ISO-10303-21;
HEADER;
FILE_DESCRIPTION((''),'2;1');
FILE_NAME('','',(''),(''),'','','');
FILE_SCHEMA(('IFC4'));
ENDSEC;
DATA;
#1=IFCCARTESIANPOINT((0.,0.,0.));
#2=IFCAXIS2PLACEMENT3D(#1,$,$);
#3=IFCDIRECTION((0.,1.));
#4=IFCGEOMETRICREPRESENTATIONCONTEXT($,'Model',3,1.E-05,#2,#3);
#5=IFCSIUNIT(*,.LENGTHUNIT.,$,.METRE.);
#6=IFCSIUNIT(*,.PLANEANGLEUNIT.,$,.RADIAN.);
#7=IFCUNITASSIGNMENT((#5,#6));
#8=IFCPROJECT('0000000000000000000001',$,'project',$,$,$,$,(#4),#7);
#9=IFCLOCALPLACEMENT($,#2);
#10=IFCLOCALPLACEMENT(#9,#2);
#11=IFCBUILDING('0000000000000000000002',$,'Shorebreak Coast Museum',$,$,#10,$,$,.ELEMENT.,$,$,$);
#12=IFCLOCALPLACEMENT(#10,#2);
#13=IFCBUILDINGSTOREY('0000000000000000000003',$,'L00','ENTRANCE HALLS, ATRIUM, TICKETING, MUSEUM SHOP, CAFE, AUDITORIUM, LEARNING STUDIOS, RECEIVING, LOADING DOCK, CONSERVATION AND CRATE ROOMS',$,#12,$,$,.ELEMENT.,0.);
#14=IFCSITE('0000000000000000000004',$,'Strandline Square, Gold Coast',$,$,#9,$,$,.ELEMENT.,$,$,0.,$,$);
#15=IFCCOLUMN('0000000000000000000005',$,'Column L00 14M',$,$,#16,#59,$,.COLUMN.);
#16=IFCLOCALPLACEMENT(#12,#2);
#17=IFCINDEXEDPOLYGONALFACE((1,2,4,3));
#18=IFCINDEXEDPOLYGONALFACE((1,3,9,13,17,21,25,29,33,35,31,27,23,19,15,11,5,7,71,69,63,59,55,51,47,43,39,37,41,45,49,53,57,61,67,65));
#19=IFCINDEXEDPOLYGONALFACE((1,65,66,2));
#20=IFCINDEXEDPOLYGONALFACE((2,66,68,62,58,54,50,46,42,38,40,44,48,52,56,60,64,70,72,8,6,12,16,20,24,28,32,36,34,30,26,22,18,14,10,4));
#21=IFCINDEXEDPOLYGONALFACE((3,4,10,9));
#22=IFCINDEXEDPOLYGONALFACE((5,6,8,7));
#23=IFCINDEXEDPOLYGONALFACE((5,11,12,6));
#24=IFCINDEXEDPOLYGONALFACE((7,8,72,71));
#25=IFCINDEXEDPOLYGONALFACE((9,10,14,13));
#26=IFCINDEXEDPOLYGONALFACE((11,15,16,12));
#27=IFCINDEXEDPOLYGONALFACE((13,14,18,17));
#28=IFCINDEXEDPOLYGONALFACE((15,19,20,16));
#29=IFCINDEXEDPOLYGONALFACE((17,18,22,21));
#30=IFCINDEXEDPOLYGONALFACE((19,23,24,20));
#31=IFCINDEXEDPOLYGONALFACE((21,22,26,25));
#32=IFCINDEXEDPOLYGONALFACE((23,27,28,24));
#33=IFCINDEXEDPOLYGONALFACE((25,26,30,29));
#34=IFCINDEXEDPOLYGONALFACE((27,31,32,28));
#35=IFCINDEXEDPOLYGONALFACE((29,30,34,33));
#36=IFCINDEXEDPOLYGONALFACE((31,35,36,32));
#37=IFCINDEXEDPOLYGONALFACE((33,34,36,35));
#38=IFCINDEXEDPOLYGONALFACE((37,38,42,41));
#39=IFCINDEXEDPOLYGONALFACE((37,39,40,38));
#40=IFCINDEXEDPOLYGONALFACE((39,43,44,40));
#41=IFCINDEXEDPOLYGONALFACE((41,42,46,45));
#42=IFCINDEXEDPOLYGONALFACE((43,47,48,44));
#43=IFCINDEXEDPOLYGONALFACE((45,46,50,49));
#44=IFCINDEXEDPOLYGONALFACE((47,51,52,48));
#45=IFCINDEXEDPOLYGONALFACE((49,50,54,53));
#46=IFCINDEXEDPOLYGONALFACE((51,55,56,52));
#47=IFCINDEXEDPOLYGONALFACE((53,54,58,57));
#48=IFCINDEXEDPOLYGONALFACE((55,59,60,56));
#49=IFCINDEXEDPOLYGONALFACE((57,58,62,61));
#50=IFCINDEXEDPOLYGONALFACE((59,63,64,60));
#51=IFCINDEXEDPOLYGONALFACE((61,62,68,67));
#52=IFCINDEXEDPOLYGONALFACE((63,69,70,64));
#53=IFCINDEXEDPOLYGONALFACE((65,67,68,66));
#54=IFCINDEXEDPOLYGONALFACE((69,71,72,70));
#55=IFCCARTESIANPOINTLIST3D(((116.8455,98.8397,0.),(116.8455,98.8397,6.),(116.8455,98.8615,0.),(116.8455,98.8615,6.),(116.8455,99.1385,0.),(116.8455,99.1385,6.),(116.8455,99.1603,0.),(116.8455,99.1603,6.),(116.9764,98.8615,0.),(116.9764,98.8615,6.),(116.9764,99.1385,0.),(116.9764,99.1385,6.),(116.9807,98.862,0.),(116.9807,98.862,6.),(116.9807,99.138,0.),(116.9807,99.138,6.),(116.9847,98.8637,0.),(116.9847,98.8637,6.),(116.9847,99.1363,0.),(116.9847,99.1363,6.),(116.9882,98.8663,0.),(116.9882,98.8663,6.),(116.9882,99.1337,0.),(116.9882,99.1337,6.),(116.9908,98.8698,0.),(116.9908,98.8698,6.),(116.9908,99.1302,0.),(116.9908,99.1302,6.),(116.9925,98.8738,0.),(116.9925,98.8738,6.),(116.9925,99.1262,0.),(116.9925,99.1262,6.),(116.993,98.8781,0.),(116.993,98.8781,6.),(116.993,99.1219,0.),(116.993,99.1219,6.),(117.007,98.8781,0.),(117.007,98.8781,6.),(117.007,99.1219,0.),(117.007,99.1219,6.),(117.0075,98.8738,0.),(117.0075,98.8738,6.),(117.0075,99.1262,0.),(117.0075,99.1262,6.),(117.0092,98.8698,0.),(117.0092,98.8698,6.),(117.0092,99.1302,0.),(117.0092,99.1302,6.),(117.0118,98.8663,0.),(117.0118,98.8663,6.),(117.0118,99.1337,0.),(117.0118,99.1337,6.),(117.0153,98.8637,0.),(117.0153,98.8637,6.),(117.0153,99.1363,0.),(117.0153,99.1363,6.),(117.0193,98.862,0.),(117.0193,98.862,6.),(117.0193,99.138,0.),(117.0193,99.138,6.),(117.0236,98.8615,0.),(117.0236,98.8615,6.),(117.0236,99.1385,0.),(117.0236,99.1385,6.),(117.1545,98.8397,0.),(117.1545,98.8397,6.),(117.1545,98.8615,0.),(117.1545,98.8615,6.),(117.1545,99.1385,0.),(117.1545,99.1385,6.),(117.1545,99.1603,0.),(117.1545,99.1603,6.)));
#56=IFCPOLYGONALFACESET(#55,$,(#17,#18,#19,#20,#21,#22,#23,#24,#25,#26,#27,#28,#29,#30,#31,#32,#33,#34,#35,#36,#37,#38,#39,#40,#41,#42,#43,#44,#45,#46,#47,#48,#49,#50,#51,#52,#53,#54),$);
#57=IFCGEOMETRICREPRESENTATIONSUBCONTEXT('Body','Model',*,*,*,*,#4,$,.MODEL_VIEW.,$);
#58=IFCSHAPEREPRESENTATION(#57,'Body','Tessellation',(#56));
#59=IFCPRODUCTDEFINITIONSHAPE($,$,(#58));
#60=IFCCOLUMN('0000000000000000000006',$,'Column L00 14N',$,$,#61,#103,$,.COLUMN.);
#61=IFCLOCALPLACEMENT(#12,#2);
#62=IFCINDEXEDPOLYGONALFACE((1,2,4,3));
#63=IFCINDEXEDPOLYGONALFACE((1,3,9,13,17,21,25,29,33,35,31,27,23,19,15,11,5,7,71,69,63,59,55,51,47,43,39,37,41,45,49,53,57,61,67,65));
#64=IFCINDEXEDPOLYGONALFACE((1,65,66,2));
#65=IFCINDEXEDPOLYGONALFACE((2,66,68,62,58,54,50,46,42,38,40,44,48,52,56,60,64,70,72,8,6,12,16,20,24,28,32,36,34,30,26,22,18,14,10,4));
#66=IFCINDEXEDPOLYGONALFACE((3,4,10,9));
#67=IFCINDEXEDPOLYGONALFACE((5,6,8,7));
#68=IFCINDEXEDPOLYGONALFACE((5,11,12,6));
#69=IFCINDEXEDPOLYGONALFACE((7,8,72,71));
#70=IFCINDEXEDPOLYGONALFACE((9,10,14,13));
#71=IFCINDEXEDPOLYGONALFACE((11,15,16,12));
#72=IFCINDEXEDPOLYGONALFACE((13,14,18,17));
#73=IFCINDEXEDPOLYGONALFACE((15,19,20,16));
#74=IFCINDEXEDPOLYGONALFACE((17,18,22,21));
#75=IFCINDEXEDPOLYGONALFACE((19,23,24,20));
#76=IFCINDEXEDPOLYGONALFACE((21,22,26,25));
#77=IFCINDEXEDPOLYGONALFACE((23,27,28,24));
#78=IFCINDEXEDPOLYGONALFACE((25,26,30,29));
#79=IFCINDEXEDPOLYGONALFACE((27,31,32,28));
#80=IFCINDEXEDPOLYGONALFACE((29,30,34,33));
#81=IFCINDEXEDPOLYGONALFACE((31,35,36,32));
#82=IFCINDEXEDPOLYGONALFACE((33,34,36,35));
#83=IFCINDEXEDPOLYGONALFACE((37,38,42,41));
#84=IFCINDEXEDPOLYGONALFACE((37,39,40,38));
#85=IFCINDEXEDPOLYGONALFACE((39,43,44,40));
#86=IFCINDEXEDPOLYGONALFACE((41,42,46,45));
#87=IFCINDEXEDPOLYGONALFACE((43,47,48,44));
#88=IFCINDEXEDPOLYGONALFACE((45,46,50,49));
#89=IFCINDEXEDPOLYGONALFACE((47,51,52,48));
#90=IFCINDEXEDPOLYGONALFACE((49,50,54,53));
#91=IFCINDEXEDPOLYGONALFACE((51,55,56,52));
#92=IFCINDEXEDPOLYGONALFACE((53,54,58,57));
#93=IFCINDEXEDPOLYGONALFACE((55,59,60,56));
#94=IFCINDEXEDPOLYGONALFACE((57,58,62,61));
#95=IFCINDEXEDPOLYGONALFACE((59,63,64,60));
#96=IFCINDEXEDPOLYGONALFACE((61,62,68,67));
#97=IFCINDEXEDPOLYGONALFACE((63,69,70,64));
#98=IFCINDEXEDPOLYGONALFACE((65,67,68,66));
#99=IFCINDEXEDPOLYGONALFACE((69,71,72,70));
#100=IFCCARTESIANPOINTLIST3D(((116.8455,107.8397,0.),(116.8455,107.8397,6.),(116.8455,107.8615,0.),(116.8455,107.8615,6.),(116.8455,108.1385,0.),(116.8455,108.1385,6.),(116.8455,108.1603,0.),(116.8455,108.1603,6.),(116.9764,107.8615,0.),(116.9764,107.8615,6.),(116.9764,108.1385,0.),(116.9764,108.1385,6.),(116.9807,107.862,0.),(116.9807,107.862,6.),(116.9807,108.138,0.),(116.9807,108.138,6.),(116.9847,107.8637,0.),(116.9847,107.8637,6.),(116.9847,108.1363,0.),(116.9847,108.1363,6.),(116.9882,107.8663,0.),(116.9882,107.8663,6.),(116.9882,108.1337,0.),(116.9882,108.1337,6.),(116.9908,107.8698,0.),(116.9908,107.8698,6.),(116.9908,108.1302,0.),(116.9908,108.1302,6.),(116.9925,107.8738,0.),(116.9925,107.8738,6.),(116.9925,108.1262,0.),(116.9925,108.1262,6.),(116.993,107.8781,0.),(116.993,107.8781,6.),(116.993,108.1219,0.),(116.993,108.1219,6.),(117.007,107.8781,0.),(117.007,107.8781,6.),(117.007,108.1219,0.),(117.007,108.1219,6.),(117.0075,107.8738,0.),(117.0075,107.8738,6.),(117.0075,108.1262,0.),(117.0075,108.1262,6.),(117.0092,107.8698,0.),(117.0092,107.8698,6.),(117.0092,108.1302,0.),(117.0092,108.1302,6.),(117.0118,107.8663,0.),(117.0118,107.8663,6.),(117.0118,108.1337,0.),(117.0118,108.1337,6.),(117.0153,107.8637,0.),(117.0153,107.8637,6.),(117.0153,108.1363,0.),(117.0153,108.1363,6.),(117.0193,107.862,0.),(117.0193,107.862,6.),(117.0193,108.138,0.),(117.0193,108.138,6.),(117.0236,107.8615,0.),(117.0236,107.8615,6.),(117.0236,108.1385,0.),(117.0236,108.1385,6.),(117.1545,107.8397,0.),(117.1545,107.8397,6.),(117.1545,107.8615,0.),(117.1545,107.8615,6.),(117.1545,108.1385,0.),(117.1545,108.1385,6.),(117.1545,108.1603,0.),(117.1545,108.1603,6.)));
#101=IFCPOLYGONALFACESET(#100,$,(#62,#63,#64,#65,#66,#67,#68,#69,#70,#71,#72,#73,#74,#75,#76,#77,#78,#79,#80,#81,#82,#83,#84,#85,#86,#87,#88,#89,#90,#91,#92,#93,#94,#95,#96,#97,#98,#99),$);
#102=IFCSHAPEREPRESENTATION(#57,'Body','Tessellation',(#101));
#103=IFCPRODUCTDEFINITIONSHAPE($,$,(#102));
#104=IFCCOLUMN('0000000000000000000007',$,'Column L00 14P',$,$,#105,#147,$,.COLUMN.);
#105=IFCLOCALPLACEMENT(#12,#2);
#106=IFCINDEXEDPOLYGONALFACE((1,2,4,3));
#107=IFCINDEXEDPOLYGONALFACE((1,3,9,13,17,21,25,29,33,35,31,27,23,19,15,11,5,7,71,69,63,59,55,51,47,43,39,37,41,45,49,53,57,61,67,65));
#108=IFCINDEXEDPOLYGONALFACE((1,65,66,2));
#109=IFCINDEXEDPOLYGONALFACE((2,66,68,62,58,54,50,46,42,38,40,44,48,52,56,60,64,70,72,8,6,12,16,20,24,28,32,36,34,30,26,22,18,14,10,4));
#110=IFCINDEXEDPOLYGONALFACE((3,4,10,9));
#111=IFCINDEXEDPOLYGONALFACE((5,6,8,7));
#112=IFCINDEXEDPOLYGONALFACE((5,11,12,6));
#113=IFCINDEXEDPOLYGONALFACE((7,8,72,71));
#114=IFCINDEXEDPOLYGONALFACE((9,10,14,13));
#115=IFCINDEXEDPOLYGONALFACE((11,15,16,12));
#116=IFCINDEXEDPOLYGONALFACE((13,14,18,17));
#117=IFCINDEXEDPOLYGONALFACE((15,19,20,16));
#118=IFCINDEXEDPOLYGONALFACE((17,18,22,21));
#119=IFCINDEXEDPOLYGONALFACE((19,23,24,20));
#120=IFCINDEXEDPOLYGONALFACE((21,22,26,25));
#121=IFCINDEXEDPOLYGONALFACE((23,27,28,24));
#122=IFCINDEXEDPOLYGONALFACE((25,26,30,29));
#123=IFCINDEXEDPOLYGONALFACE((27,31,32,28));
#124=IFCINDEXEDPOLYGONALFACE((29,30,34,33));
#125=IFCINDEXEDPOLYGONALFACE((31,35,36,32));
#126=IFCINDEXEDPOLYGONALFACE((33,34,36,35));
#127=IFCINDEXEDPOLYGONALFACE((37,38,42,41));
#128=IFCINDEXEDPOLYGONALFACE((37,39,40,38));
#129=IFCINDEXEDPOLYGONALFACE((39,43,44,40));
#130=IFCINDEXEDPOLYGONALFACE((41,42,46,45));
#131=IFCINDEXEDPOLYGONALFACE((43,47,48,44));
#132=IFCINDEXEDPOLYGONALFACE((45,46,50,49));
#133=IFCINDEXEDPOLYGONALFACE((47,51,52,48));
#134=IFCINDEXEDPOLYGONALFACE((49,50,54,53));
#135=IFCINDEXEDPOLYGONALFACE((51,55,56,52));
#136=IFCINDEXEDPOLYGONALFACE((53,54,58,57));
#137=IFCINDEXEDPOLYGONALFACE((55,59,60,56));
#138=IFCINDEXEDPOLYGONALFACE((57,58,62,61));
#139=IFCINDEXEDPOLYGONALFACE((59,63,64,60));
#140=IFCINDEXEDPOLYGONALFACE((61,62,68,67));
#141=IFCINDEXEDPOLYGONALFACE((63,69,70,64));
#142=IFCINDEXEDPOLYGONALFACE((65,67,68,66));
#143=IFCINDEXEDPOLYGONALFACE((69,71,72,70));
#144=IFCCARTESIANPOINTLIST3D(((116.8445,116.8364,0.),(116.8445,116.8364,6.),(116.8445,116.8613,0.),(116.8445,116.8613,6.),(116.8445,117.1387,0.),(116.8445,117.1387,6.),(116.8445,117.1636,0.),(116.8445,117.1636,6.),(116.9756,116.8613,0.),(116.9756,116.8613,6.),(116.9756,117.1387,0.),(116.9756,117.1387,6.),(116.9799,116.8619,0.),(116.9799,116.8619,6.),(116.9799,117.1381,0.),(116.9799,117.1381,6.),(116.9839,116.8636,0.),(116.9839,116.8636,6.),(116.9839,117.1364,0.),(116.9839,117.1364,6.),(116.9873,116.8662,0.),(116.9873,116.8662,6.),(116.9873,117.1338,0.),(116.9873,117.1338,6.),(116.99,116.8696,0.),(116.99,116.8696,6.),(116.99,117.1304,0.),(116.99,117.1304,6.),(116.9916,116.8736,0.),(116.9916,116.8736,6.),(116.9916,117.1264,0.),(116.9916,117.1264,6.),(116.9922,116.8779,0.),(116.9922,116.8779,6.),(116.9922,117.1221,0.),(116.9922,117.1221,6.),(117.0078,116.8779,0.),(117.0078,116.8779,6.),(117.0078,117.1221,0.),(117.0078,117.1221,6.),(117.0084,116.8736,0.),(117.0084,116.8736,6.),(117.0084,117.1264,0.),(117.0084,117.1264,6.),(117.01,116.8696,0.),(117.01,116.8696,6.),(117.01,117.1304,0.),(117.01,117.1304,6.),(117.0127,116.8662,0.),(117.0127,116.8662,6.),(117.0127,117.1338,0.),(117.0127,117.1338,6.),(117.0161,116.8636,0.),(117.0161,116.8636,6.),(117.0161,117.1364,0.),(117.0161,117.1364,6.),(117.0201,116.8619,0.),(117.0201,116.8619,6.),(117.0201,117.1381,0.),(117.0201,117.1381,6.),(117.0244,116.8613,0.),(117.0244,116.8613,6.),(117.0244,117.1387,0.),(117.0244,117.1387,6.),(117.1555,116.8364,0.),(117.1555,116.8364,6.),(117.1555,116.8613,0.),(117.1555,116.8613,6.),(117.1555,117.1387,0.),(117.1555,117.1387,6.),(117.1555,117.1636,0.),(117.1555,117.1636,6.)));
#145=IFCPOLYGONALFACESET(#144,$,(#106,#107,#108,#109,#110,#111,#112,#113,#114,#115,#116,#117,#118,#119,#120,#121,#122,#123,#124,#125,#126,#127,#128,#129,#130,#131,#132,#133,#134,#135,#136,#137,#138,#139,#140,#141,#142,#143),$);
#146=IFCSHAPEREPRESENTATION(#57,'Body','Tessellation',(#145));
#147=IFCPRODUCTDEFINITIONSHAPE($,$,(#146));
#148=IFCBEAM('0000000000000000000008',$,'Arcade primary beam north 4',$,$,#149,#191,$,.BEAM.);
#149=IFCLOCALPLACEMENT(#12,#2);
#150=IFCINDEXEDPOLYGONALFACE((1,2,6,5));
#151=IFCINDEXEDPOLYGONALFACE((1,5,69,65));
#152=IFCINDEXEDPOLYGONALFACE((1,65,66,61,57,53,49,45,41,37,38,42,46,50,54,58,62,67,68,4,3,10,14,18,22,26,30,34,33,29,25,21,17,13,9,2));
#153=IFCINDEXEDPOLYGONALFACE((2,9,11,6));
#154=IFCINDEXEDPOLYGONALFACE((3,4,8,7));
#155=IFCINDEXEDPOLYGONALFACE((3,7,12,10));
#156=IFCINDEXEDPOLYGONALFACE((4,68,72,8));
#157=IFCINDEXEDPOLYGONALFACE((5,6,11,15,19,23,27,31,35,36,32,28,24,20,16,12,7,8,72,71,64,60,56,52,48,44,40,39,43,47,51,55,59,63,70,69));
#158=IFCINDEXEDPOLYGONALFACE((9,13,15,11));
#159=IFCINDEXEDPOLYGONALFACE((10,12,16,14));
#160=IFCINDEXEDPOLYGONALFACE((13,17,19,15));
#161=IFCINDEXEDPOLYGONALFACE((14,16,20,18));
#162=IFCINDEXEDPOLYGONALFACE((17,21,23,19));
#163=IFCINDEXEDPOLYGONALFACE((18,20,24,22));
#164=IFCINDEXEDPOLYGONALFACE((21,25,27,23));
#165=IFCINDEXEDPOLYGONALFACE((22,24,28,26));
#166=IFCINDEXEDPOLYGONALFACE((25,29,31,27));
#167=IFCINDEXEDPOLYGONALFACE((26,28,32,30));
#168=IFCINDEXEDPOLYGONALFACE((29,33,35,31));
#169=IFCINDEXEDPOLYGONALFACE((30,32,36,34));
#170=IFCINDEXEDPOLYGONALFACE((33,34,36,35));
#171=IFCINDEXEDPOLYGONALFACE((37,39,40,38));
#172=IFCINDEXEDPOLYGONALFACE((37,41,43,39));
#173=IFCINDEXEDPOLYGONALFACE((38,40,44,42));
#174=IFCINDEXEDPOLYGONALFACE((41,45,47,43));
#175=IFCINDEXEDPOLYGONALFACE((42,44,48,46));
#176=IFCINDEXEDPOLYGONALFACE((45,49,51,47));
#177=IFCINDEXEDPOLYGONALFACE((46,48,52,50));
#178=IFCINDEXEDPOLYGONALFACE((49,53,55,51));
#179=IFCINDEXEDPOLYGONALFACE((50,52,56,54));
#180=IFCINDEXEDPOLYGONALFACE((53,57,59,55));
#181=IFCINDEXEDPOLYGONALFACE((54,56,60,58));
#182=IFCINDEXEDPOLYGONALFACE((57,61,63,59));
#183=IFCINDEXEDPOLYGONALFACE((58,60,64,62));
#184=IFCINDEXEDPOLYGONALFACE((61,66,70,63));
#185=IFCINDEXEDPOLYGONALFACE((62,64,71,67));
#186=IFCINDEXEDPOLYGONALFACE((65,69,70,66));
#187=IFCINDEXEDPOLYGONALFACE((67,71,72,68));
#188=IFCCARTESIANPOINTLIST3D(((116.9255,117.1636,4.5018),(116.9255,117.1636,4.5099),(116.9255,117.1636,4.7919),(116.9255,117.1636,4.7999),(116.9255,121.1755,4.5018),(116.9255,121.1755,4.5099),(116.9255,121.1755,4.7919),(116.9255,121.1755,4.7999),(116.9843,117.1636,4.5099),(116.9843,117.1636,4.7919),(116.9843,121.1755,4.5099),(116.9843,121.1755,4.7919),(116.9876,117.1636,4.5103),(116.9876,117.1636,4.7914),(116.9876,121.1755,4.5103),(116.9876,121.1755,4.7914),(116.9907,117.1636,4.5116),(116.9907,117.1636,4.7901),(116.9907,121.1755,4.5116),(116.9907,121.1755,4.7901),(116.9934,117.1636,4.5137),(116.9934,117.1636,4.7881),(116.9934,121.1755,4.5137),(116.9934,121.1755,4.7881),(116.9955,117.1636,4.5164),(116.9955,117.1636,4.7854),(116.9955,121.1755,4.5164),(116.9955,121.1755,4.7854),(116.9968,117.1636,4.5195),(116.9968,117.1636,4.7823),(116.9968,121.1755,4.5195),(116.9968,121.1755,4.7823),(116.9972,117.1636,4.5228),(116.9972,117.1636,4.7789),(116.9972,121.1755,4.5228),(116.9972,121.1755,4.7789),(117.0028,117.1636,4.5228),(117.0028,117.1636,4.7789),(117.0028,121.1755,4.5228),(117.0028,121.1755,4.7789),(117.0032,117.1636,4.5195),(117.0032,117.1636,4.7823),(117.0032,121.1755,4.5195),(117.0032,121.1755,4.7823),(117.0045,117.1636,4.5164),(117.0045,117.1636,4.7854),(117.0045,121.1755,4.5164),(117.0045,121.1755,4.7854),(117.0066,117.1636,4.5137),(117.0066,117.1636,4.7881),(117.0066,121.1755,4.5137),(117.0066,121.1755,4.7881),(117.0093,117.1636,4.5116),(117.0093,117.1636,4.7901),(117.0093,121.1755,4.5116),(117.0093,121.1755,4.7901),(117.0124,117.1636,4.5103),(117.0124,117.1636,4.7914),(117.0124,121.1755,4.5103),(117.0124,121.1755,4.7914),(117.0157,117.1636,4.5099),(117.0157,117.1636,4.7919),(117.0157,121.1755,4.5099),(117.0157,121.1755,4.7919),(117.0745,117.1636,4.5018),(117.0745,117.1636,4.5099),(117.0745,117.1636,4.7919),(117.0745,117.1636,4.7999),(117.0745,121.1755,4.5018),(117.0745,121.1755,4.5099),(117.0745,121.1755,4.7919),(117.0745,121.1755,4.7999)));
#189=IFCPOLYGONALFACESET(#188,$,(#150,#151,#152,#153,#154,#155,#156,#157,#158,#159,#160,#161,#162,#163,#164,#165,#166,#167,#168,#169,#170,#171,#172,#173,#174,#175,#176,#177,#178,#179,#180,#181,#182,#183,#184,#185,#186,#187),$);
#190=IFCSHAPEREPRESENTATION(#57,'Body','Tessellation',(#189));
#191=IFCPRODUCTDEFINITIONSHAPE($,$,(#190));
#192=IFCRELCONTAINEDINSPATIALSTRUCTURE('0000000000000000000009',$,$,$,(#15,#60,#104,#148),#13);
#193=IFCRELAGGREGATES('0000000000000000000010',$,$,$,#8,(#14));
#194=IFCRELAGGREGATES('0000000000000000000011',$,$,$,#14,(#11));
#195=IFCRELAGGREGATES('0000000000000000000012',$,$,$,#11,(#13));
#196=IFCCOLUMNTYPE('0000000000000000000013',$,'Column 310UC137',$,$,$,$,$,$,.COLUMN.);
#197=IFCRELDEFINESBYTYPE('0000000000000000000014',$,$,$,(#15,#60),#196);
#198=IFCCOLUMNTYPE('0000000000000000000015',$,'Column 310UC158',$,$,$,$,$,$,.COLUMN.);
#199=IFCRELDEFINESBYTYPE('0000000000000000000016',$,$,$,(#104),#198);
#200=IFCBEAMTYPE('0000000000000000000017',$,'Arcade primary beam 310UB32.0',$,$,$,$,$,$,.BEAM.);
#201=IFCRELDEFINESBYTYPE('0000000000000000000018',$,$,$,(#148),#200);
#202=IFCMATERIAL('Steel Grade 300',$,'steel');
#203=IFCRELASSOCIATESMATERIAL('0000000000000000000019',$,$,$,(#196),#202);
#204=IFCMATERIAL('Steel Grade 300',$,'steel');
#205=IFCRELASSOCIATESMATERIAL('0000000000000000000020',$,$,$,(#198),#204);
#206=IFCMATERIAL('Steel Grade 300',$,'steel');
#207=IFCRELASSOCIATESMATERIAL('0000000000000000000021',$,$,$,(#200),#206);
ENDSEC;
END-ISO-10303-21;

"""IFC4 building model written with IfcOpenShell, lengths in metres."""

from ifc_helpers import new_model, si_unit, direction, frame, origin, origin_2d, place, context, subcontext, project, spatial, i_section, extrude, material, material_profile, profile_set, type_object, element, save


model = new_model("IFC4")

# Units and contexts
model_context = context("Model", 3, precision=1e-05, world=origin(), true_north=direction((0.0, 1.0)))
body_context = subcontext(model_context, "Body", "Model", "MODEL_VIEW")
ifc_project = project(units=[si_unit("LENGTHUNIT", "METRE"), si_unit("PLANEANGLEUNIT", "RADIAN")], contexts=[model_context])

# Site, building, storey
site_placement = place(None, origin())
site = spatial("IfcSite", under=ifc_project, at=site_placement, Name="Strandline Square, Gold Coast", CompositionType="ELEMENT", RefElevation=0.0)
building_placement = place(site_placement, origin())
building = spatial("IfcBuilding", under=site, at=building_placement, Name="Shorebreak Coast Museum", CompositionType="ELEMENT")
storey_placement = place(building_placement, origin())
storey = spatial("IfcBuildingStorey", under=building, at=storey_placement, Name="L00", Description="ENTRANCE HALLS, ATRIUM, TICKETING, MUSEUM SHOP, CAFE, AUDITORIUM, LEARNING STUDIOS, RECEIVING, LOADING DOCK, CONSERVATION AND CRATE ROOMS", CompositionType="ELEMENT", Elevation=0.0)

# Columns
ifc_material_1 = material(Name="Steel Grade 300", Category="steel")
ifc_material_profile_1 = material_profile(ifc_material_1, i_section(OverallWidth=0.3091, OverallDepth=0.3206, WebThickness=0.0139, FlangeThickness=0.0217, FilletRadius=0.0166, at=origin_2d()), Name="310UC137")
ifc_profile_set_1 = profile_set([ifc_material_profile_1], Name="Steel Grade 300")
column_type_1 = type_object("IfcColumnType", Name="Column 310UC137", PredefinedType="COLUMN", material=ifc_profile_set_1)
for number, where, z_axis, x_axis, name in (
    (1, (117.0, 99.0, 0.0), (0.0, 0.0, 1.0), (1.0, 0.0, 0.0), "Column L00 14M"),
    (2, (117.0, 108.0, 0.0), (0.0, 0.0, 1.0), (1.0, 0.0, 0.0), "Column L00 14N"),
):
    element("IfcColumn", number, at=place(storey_placement, frame(where, z_axis=z_axis, x_axis=x_axis)), inside=storey, type_object=column_type_1, Name=name, PredefinedType="COLUMN", context=body_context, shape_type="SweptSolid", body=[
        extrude(i_section(OverallWidth=0.3091, OverallDepth=0.3206, WebThickness=0.0139, FlangeThickness=0.0217, FilletRadius=0.0166, at=origin_2d()), origin(), (0.0, 0.0, 1.0), 6.0),
    ])
ifc_material_2 = material(Name="Steel Grade 300", Category="steel")
ifc_material_profile_2 = material_profile(ifc_material_2, i_section(OverallWidth=0.311, OverallDepth=0.3271, WebThickness=0.0156, FlangeThickness=0.0249, FilletRadius=0.0166, at=origin_2d()), Name="310UC158")
ifc_profile_set_2 = profile_set([ifc_material_profile_2], Name="Steel Grade 300")
column_type_2 = type_object("IfcColumnType", Name="Column 310UC158", PredefinedType="COLUMN", material=ifc_profile_set_2)
column_1_placement = place(storey_placement, frame((117.0, 117.0, 0.0), z_axis=(0.0, 0.0, 1.0), x_axis=(1.0, 0.0, 0.0)))
element("IfcColumn", 3, at=column_1_placement, inside=storey, type_object=column_type_2, Name="Column L00 14P", PredefinedType="COLUMN", context=body_context, shape_type="SweptSolid", body=[
    extrude(i_section(OverallWidth=0.311, OverallDepth=0.3271, WebThickness=0.0156, FlangeThickness=0.0249, FilletRadius=0.0166, at=origin_2d()), origin(), (0.0, 0.0, 1.0), 6.0),
])

# Beam
ifc_material_3 = material(Name="Steel Grade 300", Category="steel")
ifc_material_profile_3 = material_profile(ifc_material_3, i_section(OverallWidth=0.1489, OverallDepth=0.2981, WebThickness=0.0056, FlangeThickness=0.0081, FilletRadius=0.0129, at=origin_2d()), Name="310UB32.0")
ifc_profile_set_3 = profile_set([ifc_material_profile_3], Name="Steel Grade 300")
beam_type = type_object("IfcBeamType", Name="Arcade primary beam 310UB32.0", PredefinedType="BEAM", material=ifc_profile_set_3)
beam_placement = place(storey_placement, frame((117.0, 117.1636, 4.6509), z_axis=(0.0, 1.0, 0.0), x_axis=(-1.0, 0.0, 0.0)))
element("IfcBeam", 4, at=beam_placement, inside=storey, type_object=beam_type, Name="Arcade primary beam north 4", PredefinedType="BEAM", context=body_context, shape_type="SweptSolid", body=[
    extrude(i_section(OverallWidth=0.1489, OverallDepth=0.2981, WebThickness=0.0056, FlangeThickness=0.0081, FilletRadius=0.0129, at=origin_2d()), origin(), (0.0, 0.0, 1.0), 4.012),
])

save(model, "model.ifc")
